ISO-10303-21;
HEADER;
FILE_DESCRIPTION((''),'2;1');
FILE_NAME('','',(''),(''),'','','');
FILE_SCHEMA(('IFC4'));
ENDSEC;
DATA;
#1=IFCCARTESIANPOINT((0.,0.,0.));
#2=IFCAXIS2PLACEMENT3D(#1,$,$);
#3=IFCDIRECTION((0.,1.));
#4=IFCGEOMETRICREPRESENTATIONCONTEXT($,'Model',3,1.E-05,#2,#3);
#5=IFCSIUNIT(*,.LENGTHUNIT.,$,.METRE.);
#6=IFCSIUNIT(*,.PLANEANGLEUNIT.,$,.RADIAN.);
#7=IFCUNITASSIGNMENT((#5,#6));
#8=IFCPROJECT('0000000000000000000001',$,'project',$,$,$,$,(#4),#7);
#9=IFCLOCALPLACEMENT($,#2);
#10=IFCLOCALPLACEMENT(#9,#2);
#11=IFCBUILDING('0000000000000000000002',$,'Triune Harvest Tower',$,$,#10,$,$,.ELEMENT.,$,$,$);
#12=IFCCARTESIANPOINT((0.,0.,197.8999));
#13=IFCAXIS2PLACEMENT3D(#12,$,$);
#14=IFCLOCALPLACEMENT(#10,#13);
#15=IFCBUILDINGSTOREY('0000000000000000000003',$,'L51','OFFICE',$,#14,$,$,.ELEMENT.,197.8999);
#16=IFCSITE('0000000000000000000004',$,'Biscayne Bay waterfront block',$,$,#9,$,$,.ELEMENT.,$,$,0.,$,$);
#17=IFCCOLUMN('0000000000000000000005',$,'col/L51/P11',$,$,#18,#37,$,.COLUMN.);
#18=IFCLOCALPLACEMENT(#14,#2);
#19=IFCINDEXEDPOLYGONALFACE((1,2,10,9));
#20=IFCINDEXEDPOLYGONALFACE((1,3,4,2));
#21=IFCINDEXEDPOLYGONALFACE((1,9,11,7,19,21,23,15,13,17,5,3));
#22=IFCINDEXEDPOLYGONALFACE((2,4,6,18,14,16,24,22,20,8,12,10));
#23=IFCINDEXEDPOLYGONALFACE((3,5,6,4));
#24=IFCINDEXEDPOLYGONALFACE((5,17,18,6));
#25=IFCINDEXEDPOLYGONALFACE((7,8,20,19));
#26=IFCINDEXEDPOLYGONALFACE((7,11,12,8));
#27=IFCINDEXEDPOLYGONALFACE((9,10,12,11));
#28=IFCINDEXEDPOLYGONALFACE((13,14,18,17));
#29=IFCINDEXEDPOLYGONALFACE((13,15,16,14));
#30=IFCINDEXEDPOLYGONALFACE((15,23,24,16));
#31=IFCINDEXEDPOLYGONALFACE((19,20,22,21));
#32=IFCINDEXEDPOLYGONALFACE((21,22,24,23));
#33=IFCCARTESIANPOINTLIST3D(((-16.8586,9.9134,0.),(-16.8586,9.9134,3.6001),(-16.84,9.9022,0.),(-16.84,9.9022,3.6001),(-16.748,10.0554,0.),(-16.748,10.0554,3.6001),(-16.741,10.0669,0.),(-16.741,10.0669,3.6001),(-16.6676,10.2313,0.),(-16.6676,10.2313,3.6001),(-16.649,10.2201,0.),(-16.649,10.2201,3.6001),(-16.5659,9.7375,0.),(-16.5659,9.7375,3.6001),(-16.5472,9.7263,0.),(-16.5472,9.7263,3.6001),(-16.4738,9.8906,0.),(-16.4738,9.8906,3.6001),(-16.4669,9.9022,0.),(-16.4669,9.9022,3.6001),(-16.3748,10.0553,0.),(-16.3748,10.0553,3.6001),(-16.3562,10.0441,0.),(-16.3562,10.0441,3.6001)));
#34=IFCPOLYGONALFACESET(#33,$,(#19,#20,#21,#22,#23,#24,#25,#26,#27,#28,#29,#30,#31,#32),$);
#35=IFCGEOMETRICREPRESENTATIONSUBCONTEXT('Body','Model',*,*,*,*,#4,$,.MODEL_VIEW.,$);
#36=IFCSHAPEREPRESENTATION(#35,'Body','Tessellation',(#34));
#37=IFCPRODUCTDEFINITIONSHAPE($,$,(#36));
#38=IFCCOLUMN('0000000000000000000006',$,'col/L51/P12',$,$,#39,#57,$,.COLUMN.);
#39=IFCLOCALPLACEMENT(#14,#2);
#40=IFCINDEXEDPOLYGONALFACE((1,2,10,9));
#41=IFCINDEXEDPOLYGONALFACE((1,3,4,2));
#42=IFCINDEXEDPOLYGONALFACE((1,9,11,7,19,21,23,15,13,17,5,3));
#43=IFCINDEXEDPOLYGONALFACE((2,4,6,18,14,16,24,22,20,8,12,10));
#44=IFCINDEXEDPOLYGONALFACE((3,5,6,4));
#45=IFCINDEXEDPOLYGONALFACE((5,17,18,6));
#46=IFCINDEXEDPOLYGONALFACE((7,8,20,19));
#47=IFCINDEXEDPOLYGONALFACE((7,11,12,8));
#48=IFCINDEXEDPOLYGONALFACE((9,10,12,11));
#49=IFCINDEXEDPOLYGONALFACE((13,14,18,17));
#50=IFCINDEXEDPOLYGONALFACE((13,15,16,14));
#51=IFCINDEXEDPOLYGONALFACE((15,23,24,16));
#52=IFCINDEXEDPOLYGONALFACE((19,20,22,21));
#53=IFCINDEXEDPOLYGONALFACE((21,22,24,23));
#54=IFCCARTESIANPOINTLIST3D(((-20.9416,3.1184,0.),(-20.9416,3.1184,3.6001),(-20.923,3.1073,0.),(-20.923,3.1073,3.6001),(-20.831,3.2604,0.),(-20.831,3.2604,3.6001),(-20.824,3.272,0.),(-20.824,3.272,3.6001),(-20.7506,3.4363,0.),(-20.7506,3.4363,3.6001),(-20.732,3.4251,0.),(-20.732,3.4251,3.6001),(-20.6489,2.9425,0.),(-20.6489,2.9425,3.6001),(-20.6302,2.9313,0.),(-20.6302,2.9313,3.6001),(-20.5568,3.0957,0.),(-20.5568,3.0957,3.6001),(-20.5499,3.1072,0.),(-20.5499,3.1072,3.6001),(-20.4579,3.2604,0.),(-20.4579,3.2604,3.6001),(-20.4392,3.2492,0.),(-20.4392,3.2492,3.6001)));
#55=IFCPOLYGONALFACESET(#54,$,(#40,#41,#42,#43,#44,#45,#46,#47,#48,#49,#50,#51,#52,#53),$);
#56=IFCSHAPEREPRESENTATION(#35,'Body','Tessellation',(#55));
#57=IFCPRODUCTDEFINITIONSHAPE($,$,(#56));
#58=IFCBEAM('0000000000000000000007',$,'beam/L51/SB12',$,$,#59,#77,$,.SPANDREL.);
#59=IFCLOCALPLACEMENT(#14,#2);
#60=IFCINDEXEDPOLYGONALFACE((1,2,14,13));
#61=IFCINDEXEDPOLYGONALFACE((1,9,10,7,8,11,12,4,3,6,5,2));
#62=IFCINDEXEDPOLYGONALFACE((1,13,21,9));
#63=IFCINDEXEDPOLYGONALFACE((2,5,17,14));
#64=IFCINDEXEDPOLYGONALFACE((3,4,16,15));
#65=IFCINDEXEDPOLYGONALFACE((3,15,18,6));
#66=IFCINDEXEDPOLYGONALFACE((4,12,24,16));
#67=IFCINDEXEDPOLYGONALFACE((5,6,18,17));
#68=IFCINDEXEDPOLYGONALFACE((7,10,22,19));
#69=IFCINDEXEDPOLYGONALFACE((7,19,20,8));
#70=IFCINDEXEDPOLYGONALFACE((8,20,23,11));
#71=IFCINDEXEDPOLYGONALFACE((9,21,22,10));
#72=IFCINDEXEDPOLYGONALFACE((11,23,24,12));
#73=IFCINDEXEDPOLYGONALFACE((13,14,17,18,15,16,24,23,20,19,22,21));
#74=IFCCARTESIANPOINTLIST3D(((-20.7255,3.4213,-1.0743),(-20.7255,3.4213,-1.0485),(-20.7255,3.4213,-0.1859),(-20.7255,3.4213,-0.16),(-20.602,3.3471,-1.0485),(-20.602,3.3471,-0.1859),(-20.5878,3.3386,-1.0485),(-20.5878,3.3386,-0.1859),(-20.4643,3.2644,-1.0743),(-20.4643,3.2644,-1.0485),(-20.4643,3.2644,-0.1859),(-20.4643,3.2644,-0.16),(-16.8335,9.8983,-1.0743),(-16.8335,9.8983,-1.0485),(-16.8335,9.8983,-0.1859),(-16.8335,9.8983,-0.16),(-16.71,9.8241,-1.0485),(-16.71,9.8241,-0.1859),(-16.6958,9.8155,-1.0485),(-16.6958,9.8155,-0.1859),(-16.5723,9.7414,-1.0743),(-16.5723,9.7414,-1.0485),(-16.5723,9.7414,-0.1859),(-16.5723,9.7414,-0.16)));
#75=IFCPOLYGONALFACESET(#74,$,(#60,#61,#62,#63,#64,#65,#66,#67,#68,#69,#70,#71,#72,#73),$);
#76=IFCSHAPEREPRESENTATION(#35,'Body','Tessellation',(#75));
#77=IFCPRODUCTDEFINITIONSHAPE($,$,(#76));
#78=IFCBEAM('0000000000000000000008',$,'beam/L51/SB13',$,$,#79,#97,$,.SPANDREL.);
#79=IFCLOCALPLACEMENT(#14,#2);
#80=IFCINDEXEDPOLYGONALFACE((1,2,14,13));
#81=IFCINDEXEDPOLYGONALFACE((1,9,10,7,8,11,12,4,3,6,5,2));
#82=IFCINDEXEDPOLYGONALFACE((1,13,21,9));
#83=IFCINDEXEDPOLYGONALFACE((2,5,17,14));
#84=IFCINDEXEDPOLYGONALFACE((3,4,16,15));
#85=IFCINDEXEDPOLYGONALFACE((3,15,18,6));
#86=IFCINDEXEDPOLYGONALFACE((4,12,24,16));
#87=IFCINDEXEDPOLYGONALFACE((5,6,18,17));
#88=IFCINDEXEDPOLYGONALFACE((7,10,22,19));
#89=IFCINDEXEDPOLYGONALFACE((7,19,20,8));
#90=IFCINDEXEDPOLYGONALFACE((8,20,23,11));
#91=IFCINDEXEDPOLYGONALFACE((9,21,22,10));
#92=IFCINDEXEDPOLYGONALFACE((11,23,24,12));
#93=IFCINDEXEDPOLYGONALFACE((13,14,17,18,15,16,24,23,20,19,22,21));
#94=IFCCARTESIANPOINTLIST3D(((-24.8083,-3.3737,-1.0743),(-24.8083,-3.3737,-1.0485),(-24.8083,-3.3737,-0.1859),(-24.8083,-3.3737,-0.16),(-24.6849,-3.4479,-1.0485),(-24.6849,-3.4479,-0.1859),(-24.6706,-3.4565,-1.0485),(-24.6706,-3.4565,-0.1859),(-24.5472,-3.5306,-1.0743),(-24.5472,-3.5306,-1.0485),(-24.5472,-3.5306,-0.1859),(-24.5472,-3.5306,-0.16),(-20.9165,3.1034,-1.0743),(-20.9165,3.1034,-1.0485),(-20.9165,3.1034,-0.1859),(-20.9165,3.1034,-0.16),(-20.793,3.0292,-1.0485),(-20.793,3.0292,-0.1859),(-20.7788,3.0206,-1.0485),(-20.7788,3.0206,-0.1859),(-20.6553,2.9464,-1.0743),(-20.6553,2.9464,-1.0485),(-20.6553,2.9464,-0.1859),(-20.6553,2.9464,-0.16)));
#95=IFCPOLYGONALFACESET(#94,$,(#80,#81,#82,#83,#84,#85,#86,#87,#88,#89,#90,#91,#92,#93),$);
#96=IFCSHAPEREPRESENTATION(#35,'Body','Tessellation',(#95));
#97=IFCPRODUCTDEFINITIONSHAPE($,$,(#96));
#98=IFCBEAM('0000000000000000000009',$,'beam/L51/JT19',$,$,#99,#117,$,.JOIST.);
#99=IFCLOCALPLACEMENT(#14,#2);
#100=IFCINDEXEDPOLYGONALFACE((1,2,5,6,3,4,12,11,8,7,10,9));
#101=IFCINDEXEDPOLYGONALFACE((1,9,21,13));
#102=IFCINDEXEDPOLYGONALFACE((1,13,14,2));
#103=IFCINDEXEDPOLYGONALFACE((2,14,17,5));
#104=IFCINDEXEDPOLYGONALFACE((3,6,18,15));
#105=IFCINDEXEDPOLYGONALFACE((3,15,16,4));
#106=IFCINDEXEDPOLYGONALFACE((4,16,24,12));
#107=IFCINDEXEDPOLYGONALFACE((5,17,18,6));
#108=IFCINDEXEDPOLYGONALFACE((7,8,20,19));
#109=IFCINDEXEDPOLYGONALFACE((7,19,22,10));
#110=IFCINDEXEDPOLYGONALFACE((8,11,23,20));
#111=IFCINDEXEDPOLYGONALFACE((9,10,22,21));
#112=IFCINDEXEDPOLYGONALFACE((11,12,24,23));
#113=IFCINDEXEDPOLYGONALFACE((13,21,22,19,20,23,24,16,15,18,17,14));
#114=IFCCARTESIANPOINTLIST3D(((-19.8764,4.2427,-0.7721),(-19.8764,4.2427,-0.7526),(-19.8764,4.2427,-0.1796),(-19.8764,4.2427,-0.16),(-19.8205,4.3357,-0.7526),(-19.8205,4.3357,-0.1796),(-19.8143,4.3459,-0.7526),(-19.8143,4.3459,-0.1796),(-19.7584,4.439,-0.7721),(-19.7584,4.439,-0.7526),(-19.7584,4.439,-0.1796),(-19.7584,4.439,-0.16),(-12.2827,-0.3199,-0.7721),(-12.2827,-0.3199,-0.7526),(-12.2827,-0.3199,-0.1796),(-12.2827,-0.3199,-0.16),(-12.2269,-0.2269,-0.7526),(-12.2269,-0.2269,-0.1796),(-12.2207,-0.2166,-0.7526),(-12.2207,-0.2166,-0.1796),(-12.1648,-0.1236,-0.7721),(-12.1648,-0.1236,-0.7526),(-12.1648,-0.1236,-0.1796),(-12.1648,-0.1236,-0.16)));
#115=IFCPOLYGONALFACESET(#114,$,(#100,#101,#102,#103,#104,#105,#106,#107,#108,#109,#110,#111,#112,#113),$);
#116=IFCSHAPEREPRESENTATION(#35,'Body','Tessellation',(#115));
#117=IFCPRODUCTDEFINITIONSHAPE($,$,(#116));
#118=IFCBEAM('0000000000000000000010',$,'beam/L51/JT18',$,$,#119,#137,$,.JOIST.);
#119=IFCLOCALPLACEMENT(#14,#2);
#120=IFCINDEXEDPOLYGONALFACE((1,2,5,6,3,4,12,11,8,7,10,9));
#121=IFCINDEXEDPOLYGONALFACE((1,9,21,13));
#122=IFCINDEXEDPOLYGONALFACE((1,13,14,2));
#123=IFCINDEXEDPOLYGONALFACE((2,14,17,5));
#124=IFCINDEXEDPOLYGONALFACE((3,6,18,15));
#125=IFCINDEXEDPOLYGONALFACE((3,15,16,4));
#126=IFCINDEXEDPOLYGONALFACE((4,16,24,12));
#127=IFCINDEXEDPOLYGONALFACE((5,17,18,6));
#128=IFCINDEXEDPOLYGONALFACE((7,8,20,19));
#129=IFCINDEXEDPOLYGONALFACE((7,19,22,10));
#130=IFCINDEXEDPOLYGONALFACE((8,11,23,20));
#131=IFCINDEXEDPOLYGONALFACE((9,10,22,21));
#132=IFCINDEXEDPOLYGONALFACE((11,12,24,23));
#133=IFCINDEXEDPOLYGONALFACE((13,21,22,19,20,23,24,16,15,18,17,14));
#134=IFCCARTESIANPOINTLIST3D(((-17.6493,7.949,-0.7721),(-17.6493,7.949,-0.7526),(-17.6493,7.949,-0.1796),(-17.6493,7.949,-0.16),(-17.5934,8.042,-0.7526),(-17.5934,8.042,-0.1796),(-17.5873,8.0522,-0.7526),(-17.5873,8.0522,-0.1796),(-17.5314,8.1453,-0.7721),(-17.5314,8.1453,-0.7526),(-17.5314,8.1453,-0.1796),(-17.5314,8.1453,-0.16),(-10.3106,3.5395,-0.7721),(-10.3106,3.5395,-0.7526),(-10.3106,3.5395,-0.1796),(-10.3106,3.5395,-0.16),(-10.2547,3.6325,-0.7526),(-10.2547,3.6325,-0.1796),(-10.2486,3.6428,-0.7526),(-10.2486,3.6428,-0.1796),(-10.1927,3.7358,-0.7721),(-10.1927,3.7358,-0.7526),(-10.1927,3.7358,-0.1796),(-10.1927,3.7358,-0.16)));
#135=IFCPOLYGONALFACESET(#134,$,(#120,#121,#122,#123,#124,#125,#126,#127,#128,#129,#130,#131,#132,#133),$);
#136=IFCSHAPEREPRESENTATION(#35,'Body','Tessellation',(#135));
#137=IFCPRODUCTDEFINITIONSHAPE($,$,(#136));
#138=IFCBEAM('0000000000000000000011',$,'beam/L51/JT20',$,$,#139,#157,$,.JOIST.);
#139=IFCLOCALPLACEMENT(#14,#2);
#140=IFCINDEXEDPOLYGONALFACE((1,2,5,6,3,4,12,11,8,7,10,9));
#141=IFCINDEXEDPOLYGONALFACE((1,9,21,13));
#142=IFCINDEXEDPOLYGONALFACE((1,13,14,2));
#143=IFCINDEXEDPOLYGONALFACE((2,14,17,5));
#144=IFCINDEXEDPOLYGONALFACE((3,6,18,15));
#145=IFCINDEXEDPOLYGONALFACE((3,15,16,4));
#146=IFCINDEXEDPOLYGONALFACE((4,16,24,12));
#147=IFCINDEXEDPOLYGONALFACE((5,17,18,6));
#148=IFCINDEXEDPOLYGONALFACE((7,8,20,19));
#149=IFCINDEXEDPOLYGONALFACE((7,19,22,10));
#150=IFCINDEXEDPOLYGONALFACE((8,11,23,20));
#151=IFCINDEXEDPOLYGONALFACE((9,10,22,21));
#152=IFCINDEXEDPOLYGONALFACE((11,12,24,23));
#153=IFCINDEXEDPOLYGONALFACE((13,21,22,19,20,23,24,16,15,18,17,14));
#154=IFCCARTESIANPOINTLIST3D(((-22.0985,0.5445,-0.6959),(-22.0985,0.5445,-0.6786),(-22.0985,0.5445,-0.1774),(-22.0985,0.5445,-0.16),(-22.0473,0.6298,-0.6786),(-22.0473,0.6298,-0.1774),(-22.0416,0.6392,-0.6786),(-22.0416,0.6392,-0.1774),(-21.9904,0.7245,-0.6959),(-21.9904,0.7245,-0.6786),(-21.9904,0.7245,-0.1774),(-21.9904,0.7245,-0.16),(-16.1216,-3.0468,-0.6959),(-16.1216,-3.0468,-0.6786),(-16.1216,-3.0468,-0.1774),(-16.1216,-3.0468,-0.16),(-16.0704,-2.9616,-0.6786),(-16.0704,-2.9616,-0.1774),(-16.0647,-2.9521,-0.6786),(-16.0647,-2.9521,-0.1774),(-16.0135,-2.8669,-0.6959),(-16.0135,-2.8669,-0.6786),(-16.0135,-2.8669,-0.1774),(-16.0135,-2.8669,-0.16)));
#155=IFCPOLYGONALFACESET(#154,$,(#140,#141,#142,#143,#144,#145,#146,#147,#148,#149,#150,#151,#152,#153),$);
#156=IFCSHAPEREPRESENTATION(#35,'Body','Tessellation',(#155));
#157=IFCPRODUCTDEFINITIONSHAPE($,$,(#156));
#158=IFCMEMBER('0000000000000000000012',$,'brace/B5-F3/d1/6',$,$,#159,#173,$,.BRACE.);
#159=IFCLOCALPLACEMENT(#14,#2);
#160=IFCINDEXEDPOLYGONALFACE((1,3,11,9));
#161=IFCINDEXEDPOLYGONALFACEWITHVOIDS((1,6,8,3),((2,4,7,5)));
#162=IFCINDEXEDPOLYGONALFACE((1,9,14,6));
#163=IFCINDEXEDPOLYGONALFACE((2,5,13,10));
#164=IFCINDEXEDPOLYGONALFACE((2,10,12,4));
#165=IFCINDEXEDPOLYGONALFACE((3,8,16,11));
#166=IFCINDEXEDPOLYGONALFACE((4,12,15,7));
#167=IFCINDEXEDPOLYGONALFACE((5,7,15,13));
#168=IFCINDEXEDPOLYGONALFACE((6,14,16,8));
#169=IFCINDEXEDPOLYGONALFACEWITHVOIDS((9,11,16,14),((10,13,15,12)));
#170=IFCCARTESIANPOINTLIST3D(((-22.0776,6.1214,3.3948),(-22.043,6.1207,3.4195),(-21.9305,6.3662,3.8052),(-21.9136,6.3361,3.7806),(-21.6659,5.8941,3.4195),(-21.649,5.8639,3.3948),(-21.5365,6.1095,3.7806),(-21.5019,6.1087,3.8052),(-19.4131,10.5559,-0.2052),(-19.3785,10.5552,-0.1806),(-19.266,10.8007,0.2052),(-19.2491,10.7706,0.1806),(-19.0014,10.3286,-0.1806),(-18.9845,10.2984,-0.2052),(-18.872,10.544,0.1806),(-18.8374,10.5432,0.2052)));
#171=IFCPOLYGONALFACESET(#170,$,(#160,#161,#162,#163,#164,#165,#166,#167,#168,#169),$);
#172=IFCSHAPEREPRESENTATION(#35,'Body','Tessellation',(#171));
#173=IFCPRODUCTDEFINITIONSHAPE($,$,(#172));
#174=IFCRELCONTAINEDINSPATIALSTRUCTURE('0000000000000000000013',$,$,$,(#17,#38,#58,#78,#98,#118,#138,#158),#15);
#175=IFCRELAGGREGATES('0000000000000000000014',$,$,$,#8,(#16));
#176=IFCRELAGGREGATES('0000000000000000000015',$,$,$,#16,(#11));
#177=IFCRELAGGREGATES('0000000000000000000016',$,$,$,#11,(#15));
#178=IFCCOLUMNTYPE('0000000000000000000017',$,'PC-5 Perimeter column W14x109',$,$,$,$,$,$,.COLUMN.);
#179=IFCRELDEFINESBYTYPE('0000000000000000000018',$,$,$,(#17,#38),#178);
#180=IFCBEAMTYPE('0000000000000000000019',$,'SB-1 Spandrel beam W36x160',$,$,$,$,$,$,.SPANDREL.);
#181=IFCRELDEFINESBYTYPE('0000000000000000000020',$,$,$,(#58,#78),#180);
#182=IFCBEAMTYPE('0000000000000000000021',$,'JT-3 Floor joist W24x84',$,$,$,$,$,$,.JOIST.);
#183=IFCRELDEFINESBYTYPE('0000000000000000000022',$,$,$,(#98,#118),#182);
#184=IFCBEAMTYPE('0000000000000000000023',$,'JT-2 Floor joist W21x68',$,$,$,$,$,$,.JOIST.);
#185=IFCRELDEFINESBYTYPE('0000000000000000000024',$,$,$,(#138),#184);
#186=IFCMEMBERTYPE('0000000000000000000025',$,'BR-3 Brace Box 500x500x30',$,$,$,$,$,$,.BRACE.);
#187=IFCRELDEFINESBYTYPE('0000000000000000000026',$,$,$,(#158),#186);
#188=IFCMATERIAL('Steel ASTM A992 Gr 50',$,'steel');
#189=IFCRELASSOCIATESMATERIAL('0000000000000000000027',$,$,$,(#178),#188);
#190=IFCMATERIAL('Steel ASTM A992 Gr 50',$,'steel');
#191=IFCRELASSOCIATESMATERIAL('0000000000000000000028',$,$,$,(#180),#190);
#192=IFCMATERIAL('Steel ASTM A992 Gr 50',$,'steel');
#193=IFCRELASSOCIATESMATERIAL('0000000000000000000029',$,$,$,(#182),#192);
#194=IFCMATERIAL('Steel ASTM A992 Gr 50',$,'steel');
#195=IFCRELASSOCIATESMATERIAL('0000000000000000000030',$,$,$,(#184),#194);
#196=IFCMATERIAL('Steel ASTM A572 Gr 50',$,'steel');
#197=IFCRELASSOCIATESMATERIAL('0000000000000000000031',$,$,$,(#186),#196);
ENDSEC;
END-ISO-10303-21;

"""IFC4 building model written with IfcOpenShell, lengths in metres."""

from ifc_helpers import new_model, si_unit, direction, frame, origin, origin_2d, place, context, subcontext, project, spatial, hollow_rectangle, i_section, extrude, source, transform, mapped, material, material_profile, profile_set, type_object, element, save


model = new_model("IFC4")

# Units and contexts
model_context = context("Model", 3, precision=1e-05, world=origin(), true_north=direction((0.0, 1.0)))
body_context = subcontext(model_context, "Body", "Model", "MODEL_VIEW")
ifc_project = project(units=[si_unit("LENGTHUNIT", "METRE"), si_unit("PLANEANGLEUNIT", "RADIAN")], contexts=[model_context])

# Site, building, storey
site_placement = place(None, origin())
site = spatial("IfcSite", under=ifc_project, at=site_placement, Name="Biscayne Bay waterfront block", CompositionType="ELEMENT", RefElevation=0.0)
building_placement = place(site_placement, origin())
building = spatial("IfcBuilding", under=site, at=building_placement, Name="Triune Harvest Tower", CompositionType="ELEMENT")
storey_placement = place(building_placement, frame((0.0, 0.0, 197.8999)))
storey = spatial("IfcBuildingStorey", under=building, at=storey_placement, Name="L51", Description="OFFICE", CompositionType="ELEMENT", Elevation=197.8999)

# Columns
ifc_material_1 = material(Name="Steel ASTM A992 Gr 50", Category="steel")
ifc_material_profile_1 = material_profile(ifc_material_1, i_section(OverallWidth=0.3708, OverallDepth=0.3633, WebThickness=0.0134, FlangeThickness=0.0217, at=origin_2d()), Name="W14x109")
ifc_profile_set_1 = profile_set([ifc_material_profile_1], Name="Steel ASTM A992 Gr 50")
column_type = type_object("IfcColumnType", Name="PC-5 Perimeter column W14x109", PredefinedType="COLUMN", material=ifc_profile_set_1)
shared_shape_1 = source(origin(), body_context, "Body", "SweptSolid", [
    extrude(i_section(OverallWidth=0.3708, OverallDepth=0.3633, WebThickness=0.0134, FlangeThickness=0.0217, at=origin_2d()), origin(), (0.0, 0.0, 1.0), 3.6001),
])
for number, where, z_axis, x_axis, name in (
    (1, (-16.6074, 9.9788, 0.0), (0.0, 0.0, 1.0), (-0.515037, -0.857168, 0.0), "col/L51/P11"),
    (2, (-20.6904, 3.1838, 0.0), (0.0, 0.0, 1.0), (-0.515037, -0.857168, 0.0), "col/L51/P12"),
):
    element("IfcColumn", number, at=place(storey_placement, frame(where, z_axis=z_axis, x_axis=x_axis)), inside=storey, type_object=column_type, Name=name, PredefinedType="COLUMN", context=body_context, shape_type="MappedRepresentation", body=[
        mapped(shared_shape_1, transform((0.0, 0.0, 0.0), scale=1.0)),
    ])

# Beams
ifc_material_2 = material(Name="Steel ASTM A992 Gr 50", Category="steel")
ifc_material_profile_2 = material_profile(ifc_material_2, i_section(OverallWidth=0.3047, OverallDepth=0.9143, WebThickness=0.0166, FlangeThickness=0.0259, at=origin_2d()), Name="W36x160")
ifc_profile_set_2 = profile_set([ifc_material_profile_2], Name="Steel ASTM A992 Gr 50")
beam_type_1 = type_object("IfcBeamType", Name="SB-1 Spandrel beam W36x160", PredefinedType="SPANDREL", material=ifc_profile_set_2)
shared_shape_2 = source(origin(), body_context, "Body", "SweptSolid", [
    extrude(i_section(OverallWidth=0.3047, OverallDepth=0.9143, WebThickness=0.0166, FlangeThickness=0.0259, at=origin_2d()), origin(), (0.0, 0.0, 1.0), 7.5564),
])
for number, where, z_axis, x_axis, name in (
    (3, (-16.7029, 9.8198, -0.6172), (-0.515066, -0.857151, 0.0), (0.857151, -0.515066, 0.0), "beam/L51/SB12"),
    (4, (-20.7859, 3.0249, -0.6172), (-0.515042, -0.857165, 0.0), (0.857165, -0.515042, 0.0), "beam/L51/SB13"),
):
    element("IfcBeam", number, at=place(storey_placement, frame(where, z_axis=z_axis, x_axis=x_axis)), inside=storey, type_object=beam_type_1, Name=name, PredefinedType="SPANDREL", context=body_context, shape_type="MappedRepresentation", body=[
        mapped(shared_shape_2, transform((0.0, 0.0, 0.0), scale=1.0)),
    ])
ifc_material_3 = material(Name="Steel ASTM A992 Gr 50", Category="steel")
ifc_material_profile_3 = material_profile(ifc_material_3, i_section(OverallWidth=0.229, OverallDepth=0.6121, WebThickness=0.012, FlangeThickness=0.0195, at=origin_2d()), Name="W24x84")
ifc_profile_set_3 = profile_set([ifc_material_profile_3], Name="Steel ASTM A992 Gr 50")
beam_type_2 = type_object("IfcBeamType", Name="JT-3 Floor joist W24x84", PredefinedType="JOIST", material=ifc_profile_set_3)
shared_shape_3 = source(origin(), body_context, "Body", "SweptSolid", [
    extrude(i_section(OverallWidth=0.229, OverallDepth=0.6121, WebThickness=0.012, FlangeThickness=0.0195, at=origin_2d()), origin(), (0.0, 0.0, 1.0), 8.8589),
])
beam_1_placement = place(storey_placement, frame((-19.8174, 4.3408, -0.4661), z_axis=(0.857174, -0.515027, 0.0), x_axis=(0.515027, 0.857174, 0.0)))
element("IfcBeam", 5, at=beam_1_placement, inside=storey, type_object=beam_type_2, Name="beam/L51/JT19", PredefinedType="JOIST", context=body_context, shape_type="MappedRepresentation", body=[
    mapped(shared_shape_3, transform((0.0, 0.0, 0.0), scale=1.0)),
])
shared_shape_4 = source(origin(), body_context, "Body", "SweptSolid", [
    extrude(i_section(OverallWidth=0.229, OverallDepth=0.6121, WebThickness=0.012, FlangeThickness=0.0195, at=origin_2d()), origin(), (0.0, 0.0, 1.0), 8.5615),
])
beam_2_placement = place(storey_placement, frame((-17.5903, 8.0471, -0.4661), z_axis=(0.857171, -0.515032, 0.0), x_axis=(0.515032, 0.857171, 0.0)))
element("IfcBeam", 6, at=beam_2_placement, inside=storey, type_object=beam_type_2, Name="beam/L51/JT18", PredefinedType="JOIST", context=body_context, shape_type="MappedRepresentation", body=[
    mapped(shared_shape_4, transform((0.0, 0.0, 0.0), scale=1.0)),
])
ifc_material_4 = material(Name="Steel ASTM A992 Gr 50", Category="steel")
ifc_material_profile_4 = material_profile(ifc_material_4, i_section(OverallWidth=0.21, OverallDepth=0.5359, WebThickness=0.011, FlangeThickness=0.0173, at=origin_2d()), Name="W21x68")
ifc_profile_set_4 = profile_set([ifc_material_profile_4], Name="Steel ASTM A992 Gr 50")
beam_type_3 = type_object("IfcBeamType", Name="JT-2 Floor joist W21x68", PredefinedType="JOIST", material=ifc_profile_set_4)
shared_shape_5 = source(origin(), body_context, "Body", "SweptSolid", [
    extrude(i_section(OverallWidth=0.21, OverallDepth=0.5359, WebThickness=0.011, FlangeThickness=0.0173, at=origin_2d()), origin(), (0.0, 0.0, 1.0), 6.9729),
])
beam_3_placement = place(storey_placement, frame((-22.0444, 0.6345, -0.428), z_axis=(0.857162, -0.515047, 0.0), x_axis=(0.515047, 0.857162, 0.0)))
element("IfcBeam", 7, at=beam_3_placement, inside=storey, type_object=beam_type_3, Name="beam/L51/JT20", PredefinedType="JOIST", context=body_context, shape_type="MappedRepresentation", body=[
    mapped(shared_shape_5, transform((0.0, 0.0, 0.0), scale=1.0)),
])

# Member
ifc_material_5 = material(Name="Steel ASTM A572 Gr 50", Category="steel")
ifc_material_profile_5 = material_profile(ifc_material_5, hollow_rectangle(XDim=0.5, YDim=0.5, WallThickness=0.03, at=origin_2d()), Name="Box 500x500x30")
ifc_profile_set_5 = profile_set([ifc_material_profile_5], Name="Steel ASTM A572 Gr 50")
member_type_1 = type_object("IfcMemberType", Name="BR-3 Brace Box 500x500x30", PredefinedType="BRACE", material=ifc_profile_set_5)
shared_shape_6 = source(origin(), body_context, "Body", "SweptSolid", [
    extrude(hollow_rectangle(XDim=0.5, YDim=0.5, WallThickness=0.03, at=origin_2d()), origin(), (0.0, 0.0, 1.0), 6.3027),
])
member_1_placement = place(storey_placement, frame((-19.1252, 10.5496, 0.0), z_axis=(-0.422753, -0.703581, 0.571185), x_axis=(0.857168, -0.515037, 0.0)))
element("IfcMember", 8, at=member_1_placement, inside=storey, type_object=member_type_1, Name="brace/B5-F3/d1/6", PredefinedType="BRACE", context=body_context, shape_type="MappedRepresentation", body=[
    mapped(shared_shape_6, transform((0.0, 0.0, 0.0), scale=1.0)),
])

save(model, "model.ifc")
